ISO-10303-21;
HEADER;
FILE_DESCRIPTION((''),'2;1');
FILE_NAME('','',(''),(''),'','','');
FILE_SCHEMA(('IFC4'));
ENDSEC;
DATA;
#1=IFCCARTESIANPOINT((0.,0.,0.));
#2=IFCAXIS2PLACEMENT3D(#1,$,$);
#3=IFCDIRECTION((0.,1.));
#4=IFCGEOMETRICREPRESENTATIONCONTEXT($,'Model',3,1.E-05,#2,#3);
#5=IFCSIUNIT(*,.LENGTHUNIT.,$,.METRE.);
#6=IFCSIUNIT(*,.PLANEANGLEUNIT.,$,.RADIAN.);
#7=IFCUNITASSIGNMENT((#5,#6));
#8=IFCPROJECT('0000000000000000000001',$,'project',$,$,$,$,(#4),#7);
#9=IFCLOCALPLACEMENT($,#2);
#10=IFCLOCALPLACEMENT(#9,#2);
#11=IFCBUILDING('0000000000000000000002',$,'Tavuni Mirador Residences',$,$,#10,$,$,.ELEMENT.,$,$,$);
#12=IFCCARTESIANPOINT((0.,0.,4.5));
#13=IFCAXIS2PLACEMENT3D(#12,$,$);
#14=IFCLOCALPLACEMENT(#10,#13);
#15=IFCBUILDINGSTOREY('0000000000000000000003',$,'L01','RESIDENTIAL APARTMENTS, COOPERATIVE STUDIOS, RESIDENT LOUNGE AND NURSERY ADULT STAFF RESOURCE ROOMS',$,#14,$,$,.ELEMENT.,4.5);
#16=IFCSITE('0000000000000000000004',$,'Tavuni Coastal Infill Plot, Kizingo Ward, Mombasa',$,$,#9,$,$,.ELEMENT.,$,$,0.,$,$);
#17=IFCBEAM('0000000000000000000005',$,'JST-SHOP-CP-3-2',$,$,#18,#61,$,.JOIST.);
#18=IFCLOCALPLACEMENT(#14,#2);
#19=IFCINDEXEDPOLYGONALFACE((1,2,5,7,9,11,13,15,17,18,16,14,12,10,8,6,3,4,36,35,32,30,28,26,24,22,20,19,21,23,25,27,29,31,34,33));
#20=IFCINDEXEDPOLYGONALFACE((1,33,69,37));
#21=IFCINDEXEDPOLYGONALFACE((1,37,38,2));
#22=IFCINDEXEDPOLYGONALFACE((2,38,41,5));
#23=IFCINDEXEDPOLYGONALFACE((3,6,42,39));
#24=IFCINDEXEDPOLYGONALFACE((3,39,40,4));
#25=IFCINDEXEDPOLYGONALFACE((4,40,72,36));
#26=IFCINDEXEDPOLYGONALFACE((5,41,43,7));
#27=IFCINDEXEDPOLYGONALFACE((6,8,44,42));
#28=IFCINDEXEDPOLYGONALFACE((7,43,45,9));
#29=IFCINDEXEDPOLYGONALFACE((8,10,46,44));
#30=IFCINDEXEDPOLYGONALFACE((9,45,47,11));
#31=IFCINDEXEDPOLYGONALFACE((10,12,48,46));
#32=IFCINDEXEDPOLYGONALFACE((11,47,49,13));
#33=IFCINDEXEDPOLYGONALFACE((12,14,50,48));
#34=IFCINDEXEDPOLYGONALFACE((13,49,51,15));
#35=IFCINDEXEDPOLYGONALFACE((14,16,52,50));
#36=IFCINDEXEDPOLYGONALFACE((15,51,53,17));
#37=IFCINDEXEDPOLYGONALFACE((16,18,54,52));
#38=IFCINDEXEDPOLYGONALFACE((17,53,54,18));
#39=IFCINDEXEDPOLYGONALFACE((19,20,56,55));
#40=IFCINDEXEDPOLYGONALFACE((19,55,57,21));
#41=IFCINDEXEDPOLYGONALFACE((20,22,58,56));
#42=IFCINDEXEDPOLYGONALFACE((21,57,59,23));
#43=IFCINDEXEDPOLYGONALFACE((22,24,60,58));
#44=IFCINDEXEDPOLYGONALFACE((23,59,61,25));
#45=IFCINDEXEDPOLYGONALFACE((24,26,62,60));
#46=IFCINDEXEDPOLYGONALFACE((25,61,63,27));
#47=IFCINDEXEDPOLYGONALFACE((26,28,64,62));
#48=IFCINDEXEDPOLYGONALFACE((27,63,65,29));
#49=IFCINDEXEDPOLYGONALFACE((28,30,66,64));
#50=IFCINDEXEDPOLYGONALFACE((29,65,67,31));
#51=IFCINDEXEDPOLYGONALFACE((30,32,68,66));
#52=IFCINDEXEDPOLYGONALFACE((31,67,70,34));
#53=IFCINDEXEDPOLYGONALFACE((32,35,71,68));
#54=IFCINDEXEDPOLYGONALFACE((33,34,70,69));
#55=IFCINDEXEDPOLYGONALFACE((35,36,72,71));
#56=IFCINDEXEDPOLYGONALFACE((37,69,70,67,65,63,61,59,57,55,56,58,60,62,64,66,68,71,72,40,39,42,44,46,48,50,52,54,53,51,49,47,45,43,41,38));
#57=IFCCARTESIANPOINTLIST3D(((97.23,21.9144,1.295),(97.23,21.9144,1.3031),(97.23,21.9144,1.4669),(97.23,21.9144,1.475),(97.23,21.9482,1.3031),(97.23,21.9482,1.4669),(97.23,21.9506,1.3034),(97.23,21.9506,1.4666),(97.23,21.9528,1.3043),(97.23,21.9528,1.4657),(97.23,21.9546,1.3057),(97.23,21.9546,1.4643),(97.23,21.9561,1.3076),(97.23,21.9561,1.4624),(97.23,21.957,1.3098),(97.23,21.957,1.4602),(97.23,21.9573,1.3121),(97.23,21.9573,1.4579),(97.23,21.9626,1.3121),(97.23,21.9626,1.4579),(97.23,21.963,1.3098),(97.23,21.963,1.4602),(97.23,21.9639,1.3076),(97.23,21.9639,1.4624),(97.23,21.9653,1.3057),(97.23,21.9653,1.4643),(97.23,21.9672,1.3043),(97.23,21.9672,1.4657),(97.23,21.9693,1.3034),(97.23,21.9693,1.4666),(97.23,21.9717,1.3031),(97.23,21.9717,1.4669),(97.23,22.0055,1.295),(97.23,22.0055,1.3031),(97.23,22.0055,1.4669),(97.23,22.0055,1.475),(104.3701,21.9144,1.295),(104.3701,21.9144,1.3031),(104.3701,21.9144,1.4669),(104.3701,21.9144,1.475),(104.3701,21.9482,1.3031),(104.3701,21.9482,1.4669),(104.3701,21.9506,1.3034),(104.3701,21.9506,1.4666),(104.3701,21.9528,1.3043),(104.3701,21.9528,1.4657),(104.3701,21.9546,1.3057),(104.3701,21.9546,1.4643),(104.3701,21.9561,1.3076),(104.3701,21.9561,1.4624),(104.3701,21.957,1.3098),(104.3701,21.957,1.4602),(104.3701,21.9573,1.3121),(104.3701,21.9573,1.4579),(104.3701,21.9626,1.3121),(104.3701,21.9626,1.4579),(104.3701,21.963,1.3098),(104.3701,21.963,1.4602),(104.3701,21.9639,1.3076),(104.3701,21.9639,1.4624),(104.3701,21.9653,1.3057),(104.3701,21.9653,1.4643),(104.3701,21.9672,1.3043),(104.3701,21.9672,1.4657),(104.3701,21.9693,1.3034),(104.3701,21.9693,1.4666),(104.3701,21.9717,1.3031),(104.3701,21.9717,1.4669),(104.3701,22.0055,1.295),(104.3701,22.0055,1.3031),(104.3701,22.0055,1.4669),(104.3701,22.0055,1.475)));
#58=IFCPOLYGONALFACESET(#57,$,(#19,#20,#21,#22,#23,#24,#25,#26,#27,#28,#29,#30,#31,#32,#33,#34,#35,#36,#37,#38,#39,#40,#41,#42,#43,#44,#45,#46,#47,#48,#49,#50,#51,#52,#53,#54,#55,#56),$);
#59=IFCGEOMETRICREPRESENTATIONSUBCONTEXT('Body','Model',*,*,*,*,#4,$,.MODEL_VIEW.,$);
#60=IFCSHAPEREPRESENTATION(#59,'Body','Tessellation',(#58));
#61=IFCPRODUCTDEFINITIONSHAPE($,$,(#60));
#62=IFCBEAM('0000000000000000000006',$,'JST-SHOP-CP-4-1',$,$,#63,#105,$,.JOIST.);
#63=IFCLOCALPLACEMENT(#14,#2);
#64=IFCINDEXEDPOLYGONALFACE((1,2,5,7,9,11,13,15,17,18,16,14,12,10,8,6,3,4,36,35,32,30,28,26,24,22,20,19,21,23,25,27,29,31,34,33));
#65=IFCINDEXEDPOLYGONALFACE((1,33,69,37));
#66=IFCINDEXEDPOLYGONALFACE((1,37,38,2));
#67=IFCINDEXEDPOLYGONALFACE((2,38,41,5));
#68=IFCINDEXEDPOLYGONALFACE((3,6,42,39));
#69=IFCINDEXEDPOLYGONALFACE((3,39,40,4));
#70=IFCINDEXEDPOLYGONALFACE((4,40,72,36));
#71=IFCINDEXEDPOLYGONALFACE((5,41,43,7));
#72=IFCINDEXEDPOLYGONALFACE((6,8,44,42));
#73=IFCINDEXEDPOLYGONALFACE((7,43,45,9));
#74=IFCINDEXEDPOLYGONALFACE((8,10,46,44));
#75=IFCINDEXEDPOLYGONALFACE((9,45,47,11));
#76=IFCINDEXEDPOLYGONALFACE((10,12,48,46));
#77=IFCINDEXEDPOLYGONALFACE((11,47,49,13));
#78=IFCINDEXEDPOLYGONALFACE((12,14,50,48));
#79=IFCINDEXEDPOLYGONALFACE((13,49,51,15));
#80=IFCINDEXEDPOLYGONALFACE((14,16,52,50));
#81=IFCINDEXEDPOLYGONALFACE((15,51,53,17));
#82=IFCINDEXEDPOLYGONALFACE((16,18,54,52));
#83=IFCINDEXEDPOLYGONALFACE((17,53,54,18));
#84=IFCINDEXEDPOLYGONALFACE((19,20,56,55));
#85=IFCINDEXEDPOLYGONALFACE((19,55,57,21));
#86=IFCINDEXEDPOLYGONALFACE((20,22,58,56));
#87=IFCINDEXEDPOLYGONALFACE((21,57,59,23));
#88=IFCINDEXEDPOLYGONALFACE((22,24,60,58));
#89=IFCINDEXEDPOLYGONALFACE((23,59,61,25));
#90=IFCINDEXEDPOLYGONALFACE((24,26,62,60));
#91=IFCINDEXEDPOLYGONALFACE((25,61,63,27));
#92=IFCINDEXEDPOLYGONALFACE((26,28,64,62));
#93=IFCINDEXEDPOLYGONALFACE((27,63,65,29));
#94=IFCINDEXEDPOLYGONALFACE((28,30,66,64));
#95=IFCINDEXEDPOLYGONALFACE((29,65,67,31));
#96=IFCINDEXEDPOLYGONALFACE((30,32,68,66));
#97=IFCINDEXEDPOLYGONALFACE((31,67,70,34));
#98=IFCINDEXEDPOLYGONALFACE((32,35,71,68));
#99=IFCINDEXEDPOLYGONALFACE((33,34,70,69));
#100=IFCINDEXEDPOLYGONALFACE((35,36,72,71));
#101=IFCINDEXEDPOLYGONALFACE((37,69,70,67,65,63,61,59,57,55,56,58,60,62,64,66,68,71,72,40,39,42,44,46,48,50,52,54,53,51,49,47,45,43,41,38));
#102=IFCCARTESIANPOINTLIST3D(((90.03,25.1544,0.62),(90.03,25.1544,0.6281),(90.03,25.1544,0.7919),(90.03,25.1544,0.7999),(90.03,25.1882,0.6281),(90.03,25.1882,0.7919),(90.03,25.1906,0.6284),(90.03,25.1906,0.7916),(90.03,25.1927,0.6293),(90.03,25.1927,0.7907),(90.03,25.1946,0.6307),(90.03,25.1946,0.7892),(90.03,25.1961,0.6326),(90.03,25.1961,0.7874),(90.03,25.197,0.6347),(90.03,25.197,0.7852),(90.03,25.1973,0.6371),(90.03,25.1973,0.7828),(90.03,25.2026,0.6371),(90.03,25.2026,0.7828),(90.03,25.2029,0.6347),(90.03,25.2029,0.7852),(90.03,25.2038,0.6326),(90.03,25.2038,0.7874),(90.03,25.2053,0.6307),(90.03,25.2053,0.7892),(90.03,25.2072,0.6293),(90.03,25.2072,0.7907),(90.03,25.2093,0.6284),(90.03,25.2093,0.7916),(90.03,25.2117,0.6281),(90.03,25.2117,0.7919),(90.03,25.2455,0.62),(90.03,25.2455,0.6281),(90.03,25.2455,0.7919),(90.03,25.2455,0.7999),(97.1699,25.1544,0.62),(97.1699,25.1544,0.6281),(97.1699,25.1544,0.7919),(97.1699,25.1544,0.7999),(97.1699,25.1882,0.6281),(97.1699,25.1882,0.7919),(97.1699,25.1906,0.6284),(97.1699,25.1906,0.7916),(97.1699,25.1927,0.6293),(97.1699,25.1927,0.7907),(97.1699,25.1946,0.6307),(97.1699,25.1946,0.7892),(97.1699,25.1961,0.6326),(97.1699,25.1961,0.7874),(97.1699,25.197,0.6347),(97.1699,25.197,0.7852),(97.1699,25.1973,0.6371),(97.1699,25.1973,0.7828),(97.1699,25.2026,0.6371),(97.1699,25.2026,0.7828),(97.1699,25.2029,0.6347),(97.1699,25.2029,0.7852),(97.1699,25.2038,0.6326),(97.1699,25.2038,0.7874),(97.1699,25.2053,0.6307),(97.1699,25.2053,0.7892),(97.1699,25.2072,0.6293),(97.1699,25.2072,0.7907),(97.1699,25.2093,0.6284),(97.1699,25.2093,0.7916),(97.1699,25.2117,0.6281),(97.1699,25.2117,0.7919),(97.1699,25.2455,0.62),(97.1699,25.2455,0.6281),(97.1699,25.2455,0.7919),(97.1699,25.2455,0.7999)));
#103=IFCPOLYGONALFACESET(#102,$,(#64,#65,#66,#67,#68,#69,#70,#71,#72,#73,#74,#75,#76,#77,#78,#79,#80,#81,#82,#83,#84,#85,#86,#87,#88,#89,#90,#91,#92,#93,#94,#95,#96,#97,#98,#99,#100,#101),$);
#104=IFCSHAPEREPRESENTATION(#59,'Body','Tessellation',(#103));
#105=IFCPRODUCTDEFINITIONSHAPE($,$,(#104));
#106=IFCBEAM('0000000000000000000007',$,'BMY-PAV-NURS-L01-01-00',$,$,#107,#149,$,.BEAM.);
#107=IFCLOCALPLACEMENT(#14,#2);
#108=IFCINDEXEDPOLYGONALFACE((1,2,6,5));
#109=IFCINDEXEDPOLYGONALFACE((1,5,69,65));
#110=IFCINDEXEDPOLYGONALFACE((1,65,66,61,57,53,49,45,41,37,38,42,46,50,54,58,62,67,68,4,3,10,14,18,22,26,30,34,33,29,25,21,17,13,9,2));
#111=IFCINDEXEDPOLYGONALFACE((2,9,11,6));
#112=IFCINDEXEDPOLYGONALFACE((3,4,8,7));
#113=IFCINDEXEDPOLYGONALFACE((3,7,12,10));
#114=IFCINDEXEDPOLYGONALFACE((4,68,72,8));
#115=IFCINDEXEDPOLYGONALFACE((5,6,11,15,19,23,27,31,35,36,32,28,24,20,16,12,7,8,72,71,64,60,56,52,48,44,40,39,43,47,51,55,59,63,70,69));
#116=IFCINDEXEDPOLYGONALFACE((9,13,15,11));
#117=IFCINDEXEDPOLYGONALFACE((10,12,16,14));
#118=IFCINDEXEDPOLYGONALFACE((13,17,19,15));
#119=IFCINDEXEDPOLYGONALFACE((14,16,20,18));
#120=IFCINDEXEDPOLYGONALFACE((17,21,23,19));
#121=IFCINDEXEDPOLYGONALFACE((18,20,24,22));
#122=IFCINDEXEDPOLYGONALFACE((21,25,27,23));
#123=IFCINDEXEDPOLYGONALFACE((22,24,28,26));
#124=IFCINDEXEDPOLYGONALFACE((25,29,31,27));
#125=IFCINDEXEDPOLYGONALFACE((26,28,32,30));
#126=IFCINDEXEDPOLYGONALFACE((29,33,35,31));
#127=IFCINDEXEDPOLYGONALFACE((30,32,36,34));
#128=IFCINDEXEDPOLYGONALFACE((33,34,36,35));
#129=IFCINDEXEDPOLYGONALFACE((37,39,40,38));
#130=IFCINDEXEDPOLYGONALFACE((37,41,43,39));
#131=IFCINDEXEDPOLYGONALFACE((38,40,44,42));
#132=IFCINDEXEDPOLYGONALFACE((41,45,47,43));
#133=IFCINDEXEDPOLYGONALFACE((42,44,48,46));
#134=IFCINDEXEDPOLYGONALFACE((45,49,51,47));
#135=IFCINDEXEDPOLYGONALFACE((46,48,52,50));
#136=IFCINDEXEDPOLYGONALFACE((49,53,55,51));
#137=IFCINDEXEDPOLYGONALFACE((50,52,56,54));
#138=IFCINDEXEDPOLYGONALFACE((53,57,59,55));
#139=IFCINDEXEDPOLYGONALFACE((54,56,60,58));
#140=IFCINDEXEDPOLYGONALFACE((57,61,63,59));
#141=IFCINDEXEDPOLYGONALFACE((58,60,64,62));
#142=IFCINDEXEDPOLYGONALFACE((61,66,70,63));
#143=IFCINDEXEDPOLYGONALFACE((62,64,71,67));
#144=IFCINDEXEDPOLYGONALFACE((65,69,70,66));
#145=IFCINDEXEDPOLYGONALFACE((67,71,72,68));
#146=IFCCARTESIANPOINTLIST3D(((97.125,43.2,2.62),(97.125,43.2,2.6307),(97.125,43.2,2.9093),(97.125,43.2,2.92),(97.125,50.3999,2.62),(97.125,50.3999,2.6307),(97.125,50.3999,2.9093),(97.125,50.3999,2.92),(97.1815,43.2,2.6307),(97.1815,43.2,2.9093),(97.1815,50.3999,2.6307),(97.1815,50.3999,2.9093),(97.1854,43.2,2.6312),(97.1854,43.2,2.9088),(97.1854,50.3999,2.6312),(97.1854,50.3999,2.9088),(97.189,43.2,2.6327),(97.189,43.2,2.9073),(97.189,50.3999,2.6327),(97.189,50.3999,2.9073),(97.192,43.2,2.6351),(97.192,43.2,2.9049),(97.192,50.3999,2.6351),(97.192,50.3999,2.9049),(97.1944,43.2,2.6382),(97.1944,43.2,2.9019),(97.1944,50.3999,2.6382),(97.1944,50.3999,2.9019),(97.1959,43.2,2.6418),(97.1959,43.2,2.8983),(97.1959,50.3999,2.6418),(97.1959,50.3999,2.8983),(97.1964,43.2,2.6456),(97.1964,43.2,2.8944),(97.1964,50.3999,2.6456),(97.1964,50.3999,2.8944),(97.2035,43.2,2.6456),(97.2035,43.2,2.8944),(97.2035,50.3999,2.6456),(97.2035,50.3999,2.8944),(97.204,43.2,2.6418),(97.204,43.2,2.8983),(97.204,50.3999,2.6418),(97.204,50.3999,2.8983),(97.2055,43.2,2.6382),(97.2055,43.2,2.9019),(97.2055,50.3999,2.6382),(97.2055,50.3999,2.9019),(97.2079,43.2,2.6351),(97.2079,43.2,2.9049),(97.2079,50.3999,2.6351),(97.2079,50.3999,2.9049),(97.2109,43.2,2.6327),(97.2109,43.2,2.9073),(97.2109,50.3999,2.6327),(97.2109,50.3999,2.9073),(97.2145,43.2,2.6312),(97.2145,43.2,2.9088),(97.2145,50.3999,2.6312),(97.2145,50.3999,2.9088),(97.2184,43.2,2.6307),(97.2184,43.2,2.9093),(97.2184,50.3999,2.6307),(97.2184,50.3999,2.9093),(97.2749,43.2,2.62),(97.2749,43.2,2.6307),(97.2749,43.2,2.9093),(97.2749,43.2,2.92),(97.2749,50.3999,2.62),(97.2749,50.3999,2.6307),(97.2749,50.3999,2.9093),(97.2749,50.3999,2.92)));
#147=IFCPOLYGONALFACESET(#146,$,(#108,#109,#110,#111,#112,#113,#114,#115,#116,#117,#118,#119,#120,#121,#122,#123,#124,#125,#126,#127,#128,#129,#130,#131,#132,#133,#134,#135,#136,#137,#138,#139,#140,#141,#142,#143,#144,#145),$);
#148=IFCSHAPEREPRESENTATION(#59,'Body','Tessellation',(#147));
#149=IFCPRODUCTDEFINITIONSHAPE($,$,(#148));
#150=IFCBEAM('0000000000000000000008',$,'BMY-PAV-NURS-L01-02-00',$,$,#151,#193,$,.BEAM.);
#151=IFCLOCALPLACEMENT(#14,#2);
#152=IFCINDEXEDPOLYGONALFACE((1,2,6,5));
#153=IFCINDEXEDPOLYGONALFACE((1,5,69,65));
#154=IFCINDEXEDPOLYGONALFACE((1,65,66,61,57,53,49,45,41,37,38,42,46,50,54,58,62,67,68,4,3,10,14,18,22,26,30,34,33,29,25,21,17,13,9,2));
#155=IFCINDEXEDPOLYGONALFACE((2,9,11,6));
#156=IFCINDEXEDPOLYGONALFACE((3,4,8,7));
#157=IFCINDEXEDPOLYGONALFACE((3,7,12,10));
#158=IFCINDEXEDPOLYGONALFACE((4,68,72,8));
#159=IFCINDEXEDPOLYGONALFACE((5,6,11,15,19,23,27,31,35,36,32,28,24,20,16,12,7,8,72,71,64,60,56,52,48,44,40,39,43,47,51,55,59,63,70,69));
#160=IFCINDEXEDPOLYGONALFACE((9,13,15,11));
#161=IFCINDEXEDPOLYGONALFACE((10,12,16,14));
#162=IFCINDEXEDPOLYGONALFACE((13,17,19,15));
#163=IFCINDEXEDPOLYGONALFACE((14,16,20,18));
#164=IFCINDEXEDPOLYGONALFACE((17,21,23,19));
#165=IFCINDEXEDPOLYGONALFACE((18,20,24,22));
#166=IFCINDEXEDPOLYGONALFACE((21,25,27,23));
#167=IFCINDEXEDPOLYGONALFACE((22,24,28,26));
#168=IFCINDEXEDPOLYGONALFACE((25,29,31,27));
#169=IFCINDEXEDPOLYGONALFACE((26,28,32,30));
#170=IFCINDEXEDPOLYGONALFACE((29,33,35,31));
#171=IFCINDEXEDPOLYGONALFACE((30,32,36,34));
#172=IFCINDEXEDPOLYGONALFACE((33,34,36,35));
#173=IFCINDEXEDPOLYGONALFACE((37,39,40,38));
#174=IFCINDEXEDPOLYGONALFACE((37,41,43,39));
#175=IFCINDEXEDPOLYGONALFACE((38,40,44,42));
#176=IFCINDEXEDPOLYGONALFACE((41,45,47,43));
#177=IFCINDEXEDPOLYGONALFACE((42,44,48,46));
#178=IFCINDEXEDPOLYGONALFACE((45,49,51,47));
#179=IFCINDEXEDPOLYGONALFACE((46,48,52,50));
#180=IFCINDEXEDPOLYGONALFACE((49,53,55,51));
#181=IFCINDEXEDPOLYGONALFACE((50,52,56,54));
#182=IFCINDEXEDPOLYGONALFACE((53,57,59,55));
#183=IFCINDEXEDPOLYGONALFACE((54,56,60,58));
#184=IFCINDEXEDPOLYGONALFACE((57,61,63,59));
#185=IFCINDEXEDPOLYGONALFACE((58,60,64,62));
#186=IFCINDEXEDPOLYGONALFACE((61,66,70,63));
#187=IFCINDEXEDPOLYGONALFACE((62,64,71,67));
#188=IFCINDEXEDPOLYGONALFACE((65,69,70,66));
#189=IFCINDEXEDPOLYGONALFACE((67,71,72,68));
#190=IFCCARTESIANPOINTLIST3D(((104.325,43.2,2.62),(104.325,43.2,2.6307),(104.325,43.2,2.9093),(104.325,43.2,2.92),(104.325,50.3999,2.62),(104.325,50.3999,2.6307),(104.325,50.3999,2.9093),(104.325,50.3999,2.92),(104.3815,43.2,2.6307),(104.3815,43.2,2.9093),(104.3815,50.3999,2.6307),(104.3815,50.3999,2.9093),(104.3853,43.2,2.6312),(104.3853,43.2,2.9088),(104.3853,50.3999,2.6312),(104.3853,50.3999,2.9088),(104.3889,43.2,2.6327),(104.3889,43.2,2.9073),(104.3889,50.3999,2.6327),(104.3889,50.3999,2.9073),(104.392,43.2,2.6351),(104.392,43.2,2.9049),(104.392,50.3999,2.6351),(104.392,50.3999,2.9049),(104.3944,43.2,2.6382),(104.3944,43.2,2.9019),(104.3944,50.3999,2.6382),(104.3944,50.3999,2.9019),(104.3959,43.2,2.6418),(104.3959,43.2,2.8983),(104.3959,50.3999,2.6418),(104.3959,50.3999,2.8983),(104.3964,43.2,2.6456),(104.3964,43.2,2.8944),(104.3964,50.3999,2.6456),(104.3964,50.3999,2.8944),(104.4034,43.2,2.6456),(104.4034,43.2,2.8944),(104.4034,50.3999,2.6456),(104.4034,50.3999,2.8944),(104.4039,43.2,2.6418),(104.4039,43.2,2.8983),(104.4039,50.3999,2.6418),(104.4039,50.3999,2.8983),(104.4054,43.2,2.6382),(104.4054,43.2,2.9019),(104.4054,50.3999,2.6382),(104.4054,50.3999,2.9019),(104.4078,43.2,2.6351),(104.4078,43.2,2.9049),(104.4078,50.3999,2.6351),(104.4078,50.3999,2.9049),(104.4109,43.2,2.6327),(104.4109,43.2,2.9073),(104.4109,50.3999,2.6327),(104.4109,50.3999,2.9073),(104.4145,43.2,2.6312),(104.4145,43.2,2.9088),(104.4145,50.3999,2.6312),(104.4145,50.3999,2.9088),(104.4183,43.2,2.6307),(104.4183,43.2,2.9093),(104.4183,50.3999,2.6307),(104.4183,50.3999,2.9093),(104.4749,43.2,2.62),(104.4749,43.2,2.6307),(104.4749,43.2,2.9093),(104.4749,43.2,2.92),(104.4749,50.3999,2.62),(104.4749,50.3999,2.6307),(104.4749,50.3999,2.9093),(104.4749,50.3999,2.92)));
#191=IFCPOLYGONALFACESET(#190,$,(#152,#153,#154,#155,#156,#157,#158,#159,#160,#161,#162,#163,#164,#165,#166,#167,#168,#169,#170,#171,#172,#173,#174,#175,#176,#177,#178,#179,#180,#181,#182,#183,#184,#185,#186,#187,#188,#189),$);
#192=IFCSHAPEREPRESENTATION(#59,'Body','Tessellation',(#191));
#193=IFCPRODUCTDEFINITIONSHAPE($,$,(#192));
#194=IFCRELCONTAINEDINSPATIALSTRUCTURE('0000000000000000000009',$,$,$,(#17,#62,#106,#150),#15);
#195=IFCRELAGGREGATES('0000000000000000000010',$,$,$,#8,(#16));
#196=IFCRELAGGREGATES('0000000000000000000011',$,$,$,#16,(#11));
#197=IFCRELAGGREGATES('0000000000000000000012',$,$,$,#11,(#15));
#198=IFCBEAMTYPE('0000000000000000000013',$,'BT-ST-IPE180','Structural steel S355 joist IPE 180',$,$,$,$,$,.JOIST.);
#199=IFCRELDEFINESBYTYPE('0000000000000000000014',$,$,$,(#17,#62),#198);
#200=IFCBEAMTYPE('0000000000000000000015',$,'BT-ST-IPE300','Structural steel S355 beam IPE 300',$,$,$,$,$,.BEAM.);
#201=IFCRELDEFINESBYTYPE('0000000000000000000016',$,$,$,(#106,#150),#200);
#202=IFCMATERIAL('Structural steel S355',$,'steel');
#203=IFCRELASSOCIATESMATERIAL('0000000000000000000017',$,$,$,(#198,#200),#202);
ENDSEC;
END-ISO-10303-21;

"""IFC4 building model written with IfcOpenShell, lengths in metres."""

from ifc_helpers import new_model, si_unit, direction, frame, origin, origin_2d, place, context, subcontext, project, spatial, i_section, extrude, material, material_profile, profile_set, type_object, element, save


model = new_model("IFC4")

# Units and contexts
model_context = context("Model", 3, precision=1e-05, world=origin(), true_north=direction((0.0, 1.0)))
body_context = subcontext(model_context, "Body", "Model", "MODEL_VIEW")
ifc_project = project(units=[si_unit("LENGTHUNIT", "METRE"), si_unit("PLANEANGLEUNIT", "RADIAN")], contexts=[model_context])

# Site, building, storey
site_placement = place(None, origin())
site = spatial("IfcSite", under=ifc_project, at=site_placement, Name="Tavuni Coastal Infill Plot, Kizingo Ward, Mombasa", CompositionType="ELEMENT", RefElevation=0.0)
building_placement = place(site_placement, origin())
building = spatial("IfcBuilding", under=site, at=building_placement, Name="Tavuni Mirador Residences", CompositionType="ELEMENT")
storey_placement = place(building_placement, frame((0.0, 0.0, 4.5)))
storey = spatial("IfcBuildingStorey", under=building, at=storey_placement, Name="L01", Description="RESIDENTIAL APARTMENTS, COOPERATIVE STUDIOS, RESIDENT LOUNGE AND NURSERY ADULT STAFF RESOURCE ROOMS", CompositionType="ELEMENT", Elevation=4.5)

# Beams
ifc_material_1 = material(Name="Structural steel S355", Category="steel")
ifc_material_profile_1 = material_profile(ifc_material_1, i_section(OverallWidth=0.0911, OverallDepth=0.1799, WebThickness=0.0054, FlangeThickness=0.0081, FilletRadius=0.009, at=origin_2d()), Name="IPE 180", Category="steel")
ifc_profile_set_1 = profile_set([ifc_material_profile_1], Name="Structural steel S355")
beam_type_1 = type_object("IfcBeamType", Name="BT-ST-IPE180", Description="Structural steel S355 joist IPE 180", PredefinedType="JOIST", material=ifc_profile_set_1)
beam_1_placement = place(storey_placement, frame((97.23, 21.96, 1.385), z_axis=(1.0, 0.0, 0.0), x_axis=(0.0, 1.0, 0.0)))
element("IfcBeam", 1, at=beam_1_placement, inside=storey, type_object=beam_type_1, Name="JST-SHOP-CP-3-2", PredefinedType="JOIST", context=body_context, shape_type="SweptSolid", body=[
    extrude(i_section(OverallWidth=0.0911, OverallDepth=0.1799, WebThickness=0.0054, FlangeThickness=0.0081, FilletRadius=0.009, at=origin_2d()), origin(), (0.0, 0.0, 1.0), 7.1401),
])
beam_2_placement = place(storey_placement, frame((90.03, 25.2, 0.71), z_axis=(1.0, 0.0, 0.0), x_axis=(0.0, 1.0, 0.0)))
element("IfcBeam", 2, at=beam_2_placement, inside=storey, type_object=beam_type_1, Name="JST-SHOP-CP-4-1", PredefinedType="JOIST", context=body_context, shape_type="SweptSolid", body=[
    extrude(i_section(OverallWidth=0.0911, OverallDepth=0.1799, WebThickness=0.0054, FlangeThickness=0.0081, FilletRadius=0.009, at=origin_2d()), origin(), (0.0, 0.0, 1.0), 7.1399),
])
ifc_material_profile_2 = material_profile(ifc_material_1, i_section(OverallWidth=0.1499, OverallDepth=0.3, WebThickness=0.0071, FlangeThickness=0.0107, FilletRadius=0.0149, at=origin_2d()), Name="IPE 300", Category="steel")
ifc_profile_set_2 = profile_set([ifc_material_profile_2], Name="Structural steel S355")
beam_type_2 = type_object("IfcBeamType", Name="BT-ST-IPE300", Description="Structural steel S355 beam IPE 300", PredefinedType="BEAM", material=ifc_profile_set_2)
for number, where, z_axis, x_axis, name in (
    (3, (97.2, 43.2, 2.77), (0.0, 1.0, 0.0), (-1.0, 0.0, 0.0), "BMY-PAV-NURS-L01-01-00"),
    (4, (104.3999, 43.2, 2.77), (0.0, 1.0, 0.0), (-1.0, 0.0, 0.0), "BMY-PAV-NURS-L01-02-00"),
):
    element("IfcBeam", number, at=place(storey_placement, frame(where, z_axis=z_axis, x_axis=x_axis)), inside=storey, type_object=beam_type_2, Name=name, PredefinedType="BEAM", context=body_context, shape_type="SweptSolid", body=[
        extrude(i_section(OverallWidth=0.1499, OverallDepth=0.3, WebThickness=0.0071, FlangeThickness=0.0107, FilletRadius=0.0149, at=origin_2d()), origin(), (0.0, 0.0, 1.0), 7.2),
    ])

save(model, "model.ifc")
